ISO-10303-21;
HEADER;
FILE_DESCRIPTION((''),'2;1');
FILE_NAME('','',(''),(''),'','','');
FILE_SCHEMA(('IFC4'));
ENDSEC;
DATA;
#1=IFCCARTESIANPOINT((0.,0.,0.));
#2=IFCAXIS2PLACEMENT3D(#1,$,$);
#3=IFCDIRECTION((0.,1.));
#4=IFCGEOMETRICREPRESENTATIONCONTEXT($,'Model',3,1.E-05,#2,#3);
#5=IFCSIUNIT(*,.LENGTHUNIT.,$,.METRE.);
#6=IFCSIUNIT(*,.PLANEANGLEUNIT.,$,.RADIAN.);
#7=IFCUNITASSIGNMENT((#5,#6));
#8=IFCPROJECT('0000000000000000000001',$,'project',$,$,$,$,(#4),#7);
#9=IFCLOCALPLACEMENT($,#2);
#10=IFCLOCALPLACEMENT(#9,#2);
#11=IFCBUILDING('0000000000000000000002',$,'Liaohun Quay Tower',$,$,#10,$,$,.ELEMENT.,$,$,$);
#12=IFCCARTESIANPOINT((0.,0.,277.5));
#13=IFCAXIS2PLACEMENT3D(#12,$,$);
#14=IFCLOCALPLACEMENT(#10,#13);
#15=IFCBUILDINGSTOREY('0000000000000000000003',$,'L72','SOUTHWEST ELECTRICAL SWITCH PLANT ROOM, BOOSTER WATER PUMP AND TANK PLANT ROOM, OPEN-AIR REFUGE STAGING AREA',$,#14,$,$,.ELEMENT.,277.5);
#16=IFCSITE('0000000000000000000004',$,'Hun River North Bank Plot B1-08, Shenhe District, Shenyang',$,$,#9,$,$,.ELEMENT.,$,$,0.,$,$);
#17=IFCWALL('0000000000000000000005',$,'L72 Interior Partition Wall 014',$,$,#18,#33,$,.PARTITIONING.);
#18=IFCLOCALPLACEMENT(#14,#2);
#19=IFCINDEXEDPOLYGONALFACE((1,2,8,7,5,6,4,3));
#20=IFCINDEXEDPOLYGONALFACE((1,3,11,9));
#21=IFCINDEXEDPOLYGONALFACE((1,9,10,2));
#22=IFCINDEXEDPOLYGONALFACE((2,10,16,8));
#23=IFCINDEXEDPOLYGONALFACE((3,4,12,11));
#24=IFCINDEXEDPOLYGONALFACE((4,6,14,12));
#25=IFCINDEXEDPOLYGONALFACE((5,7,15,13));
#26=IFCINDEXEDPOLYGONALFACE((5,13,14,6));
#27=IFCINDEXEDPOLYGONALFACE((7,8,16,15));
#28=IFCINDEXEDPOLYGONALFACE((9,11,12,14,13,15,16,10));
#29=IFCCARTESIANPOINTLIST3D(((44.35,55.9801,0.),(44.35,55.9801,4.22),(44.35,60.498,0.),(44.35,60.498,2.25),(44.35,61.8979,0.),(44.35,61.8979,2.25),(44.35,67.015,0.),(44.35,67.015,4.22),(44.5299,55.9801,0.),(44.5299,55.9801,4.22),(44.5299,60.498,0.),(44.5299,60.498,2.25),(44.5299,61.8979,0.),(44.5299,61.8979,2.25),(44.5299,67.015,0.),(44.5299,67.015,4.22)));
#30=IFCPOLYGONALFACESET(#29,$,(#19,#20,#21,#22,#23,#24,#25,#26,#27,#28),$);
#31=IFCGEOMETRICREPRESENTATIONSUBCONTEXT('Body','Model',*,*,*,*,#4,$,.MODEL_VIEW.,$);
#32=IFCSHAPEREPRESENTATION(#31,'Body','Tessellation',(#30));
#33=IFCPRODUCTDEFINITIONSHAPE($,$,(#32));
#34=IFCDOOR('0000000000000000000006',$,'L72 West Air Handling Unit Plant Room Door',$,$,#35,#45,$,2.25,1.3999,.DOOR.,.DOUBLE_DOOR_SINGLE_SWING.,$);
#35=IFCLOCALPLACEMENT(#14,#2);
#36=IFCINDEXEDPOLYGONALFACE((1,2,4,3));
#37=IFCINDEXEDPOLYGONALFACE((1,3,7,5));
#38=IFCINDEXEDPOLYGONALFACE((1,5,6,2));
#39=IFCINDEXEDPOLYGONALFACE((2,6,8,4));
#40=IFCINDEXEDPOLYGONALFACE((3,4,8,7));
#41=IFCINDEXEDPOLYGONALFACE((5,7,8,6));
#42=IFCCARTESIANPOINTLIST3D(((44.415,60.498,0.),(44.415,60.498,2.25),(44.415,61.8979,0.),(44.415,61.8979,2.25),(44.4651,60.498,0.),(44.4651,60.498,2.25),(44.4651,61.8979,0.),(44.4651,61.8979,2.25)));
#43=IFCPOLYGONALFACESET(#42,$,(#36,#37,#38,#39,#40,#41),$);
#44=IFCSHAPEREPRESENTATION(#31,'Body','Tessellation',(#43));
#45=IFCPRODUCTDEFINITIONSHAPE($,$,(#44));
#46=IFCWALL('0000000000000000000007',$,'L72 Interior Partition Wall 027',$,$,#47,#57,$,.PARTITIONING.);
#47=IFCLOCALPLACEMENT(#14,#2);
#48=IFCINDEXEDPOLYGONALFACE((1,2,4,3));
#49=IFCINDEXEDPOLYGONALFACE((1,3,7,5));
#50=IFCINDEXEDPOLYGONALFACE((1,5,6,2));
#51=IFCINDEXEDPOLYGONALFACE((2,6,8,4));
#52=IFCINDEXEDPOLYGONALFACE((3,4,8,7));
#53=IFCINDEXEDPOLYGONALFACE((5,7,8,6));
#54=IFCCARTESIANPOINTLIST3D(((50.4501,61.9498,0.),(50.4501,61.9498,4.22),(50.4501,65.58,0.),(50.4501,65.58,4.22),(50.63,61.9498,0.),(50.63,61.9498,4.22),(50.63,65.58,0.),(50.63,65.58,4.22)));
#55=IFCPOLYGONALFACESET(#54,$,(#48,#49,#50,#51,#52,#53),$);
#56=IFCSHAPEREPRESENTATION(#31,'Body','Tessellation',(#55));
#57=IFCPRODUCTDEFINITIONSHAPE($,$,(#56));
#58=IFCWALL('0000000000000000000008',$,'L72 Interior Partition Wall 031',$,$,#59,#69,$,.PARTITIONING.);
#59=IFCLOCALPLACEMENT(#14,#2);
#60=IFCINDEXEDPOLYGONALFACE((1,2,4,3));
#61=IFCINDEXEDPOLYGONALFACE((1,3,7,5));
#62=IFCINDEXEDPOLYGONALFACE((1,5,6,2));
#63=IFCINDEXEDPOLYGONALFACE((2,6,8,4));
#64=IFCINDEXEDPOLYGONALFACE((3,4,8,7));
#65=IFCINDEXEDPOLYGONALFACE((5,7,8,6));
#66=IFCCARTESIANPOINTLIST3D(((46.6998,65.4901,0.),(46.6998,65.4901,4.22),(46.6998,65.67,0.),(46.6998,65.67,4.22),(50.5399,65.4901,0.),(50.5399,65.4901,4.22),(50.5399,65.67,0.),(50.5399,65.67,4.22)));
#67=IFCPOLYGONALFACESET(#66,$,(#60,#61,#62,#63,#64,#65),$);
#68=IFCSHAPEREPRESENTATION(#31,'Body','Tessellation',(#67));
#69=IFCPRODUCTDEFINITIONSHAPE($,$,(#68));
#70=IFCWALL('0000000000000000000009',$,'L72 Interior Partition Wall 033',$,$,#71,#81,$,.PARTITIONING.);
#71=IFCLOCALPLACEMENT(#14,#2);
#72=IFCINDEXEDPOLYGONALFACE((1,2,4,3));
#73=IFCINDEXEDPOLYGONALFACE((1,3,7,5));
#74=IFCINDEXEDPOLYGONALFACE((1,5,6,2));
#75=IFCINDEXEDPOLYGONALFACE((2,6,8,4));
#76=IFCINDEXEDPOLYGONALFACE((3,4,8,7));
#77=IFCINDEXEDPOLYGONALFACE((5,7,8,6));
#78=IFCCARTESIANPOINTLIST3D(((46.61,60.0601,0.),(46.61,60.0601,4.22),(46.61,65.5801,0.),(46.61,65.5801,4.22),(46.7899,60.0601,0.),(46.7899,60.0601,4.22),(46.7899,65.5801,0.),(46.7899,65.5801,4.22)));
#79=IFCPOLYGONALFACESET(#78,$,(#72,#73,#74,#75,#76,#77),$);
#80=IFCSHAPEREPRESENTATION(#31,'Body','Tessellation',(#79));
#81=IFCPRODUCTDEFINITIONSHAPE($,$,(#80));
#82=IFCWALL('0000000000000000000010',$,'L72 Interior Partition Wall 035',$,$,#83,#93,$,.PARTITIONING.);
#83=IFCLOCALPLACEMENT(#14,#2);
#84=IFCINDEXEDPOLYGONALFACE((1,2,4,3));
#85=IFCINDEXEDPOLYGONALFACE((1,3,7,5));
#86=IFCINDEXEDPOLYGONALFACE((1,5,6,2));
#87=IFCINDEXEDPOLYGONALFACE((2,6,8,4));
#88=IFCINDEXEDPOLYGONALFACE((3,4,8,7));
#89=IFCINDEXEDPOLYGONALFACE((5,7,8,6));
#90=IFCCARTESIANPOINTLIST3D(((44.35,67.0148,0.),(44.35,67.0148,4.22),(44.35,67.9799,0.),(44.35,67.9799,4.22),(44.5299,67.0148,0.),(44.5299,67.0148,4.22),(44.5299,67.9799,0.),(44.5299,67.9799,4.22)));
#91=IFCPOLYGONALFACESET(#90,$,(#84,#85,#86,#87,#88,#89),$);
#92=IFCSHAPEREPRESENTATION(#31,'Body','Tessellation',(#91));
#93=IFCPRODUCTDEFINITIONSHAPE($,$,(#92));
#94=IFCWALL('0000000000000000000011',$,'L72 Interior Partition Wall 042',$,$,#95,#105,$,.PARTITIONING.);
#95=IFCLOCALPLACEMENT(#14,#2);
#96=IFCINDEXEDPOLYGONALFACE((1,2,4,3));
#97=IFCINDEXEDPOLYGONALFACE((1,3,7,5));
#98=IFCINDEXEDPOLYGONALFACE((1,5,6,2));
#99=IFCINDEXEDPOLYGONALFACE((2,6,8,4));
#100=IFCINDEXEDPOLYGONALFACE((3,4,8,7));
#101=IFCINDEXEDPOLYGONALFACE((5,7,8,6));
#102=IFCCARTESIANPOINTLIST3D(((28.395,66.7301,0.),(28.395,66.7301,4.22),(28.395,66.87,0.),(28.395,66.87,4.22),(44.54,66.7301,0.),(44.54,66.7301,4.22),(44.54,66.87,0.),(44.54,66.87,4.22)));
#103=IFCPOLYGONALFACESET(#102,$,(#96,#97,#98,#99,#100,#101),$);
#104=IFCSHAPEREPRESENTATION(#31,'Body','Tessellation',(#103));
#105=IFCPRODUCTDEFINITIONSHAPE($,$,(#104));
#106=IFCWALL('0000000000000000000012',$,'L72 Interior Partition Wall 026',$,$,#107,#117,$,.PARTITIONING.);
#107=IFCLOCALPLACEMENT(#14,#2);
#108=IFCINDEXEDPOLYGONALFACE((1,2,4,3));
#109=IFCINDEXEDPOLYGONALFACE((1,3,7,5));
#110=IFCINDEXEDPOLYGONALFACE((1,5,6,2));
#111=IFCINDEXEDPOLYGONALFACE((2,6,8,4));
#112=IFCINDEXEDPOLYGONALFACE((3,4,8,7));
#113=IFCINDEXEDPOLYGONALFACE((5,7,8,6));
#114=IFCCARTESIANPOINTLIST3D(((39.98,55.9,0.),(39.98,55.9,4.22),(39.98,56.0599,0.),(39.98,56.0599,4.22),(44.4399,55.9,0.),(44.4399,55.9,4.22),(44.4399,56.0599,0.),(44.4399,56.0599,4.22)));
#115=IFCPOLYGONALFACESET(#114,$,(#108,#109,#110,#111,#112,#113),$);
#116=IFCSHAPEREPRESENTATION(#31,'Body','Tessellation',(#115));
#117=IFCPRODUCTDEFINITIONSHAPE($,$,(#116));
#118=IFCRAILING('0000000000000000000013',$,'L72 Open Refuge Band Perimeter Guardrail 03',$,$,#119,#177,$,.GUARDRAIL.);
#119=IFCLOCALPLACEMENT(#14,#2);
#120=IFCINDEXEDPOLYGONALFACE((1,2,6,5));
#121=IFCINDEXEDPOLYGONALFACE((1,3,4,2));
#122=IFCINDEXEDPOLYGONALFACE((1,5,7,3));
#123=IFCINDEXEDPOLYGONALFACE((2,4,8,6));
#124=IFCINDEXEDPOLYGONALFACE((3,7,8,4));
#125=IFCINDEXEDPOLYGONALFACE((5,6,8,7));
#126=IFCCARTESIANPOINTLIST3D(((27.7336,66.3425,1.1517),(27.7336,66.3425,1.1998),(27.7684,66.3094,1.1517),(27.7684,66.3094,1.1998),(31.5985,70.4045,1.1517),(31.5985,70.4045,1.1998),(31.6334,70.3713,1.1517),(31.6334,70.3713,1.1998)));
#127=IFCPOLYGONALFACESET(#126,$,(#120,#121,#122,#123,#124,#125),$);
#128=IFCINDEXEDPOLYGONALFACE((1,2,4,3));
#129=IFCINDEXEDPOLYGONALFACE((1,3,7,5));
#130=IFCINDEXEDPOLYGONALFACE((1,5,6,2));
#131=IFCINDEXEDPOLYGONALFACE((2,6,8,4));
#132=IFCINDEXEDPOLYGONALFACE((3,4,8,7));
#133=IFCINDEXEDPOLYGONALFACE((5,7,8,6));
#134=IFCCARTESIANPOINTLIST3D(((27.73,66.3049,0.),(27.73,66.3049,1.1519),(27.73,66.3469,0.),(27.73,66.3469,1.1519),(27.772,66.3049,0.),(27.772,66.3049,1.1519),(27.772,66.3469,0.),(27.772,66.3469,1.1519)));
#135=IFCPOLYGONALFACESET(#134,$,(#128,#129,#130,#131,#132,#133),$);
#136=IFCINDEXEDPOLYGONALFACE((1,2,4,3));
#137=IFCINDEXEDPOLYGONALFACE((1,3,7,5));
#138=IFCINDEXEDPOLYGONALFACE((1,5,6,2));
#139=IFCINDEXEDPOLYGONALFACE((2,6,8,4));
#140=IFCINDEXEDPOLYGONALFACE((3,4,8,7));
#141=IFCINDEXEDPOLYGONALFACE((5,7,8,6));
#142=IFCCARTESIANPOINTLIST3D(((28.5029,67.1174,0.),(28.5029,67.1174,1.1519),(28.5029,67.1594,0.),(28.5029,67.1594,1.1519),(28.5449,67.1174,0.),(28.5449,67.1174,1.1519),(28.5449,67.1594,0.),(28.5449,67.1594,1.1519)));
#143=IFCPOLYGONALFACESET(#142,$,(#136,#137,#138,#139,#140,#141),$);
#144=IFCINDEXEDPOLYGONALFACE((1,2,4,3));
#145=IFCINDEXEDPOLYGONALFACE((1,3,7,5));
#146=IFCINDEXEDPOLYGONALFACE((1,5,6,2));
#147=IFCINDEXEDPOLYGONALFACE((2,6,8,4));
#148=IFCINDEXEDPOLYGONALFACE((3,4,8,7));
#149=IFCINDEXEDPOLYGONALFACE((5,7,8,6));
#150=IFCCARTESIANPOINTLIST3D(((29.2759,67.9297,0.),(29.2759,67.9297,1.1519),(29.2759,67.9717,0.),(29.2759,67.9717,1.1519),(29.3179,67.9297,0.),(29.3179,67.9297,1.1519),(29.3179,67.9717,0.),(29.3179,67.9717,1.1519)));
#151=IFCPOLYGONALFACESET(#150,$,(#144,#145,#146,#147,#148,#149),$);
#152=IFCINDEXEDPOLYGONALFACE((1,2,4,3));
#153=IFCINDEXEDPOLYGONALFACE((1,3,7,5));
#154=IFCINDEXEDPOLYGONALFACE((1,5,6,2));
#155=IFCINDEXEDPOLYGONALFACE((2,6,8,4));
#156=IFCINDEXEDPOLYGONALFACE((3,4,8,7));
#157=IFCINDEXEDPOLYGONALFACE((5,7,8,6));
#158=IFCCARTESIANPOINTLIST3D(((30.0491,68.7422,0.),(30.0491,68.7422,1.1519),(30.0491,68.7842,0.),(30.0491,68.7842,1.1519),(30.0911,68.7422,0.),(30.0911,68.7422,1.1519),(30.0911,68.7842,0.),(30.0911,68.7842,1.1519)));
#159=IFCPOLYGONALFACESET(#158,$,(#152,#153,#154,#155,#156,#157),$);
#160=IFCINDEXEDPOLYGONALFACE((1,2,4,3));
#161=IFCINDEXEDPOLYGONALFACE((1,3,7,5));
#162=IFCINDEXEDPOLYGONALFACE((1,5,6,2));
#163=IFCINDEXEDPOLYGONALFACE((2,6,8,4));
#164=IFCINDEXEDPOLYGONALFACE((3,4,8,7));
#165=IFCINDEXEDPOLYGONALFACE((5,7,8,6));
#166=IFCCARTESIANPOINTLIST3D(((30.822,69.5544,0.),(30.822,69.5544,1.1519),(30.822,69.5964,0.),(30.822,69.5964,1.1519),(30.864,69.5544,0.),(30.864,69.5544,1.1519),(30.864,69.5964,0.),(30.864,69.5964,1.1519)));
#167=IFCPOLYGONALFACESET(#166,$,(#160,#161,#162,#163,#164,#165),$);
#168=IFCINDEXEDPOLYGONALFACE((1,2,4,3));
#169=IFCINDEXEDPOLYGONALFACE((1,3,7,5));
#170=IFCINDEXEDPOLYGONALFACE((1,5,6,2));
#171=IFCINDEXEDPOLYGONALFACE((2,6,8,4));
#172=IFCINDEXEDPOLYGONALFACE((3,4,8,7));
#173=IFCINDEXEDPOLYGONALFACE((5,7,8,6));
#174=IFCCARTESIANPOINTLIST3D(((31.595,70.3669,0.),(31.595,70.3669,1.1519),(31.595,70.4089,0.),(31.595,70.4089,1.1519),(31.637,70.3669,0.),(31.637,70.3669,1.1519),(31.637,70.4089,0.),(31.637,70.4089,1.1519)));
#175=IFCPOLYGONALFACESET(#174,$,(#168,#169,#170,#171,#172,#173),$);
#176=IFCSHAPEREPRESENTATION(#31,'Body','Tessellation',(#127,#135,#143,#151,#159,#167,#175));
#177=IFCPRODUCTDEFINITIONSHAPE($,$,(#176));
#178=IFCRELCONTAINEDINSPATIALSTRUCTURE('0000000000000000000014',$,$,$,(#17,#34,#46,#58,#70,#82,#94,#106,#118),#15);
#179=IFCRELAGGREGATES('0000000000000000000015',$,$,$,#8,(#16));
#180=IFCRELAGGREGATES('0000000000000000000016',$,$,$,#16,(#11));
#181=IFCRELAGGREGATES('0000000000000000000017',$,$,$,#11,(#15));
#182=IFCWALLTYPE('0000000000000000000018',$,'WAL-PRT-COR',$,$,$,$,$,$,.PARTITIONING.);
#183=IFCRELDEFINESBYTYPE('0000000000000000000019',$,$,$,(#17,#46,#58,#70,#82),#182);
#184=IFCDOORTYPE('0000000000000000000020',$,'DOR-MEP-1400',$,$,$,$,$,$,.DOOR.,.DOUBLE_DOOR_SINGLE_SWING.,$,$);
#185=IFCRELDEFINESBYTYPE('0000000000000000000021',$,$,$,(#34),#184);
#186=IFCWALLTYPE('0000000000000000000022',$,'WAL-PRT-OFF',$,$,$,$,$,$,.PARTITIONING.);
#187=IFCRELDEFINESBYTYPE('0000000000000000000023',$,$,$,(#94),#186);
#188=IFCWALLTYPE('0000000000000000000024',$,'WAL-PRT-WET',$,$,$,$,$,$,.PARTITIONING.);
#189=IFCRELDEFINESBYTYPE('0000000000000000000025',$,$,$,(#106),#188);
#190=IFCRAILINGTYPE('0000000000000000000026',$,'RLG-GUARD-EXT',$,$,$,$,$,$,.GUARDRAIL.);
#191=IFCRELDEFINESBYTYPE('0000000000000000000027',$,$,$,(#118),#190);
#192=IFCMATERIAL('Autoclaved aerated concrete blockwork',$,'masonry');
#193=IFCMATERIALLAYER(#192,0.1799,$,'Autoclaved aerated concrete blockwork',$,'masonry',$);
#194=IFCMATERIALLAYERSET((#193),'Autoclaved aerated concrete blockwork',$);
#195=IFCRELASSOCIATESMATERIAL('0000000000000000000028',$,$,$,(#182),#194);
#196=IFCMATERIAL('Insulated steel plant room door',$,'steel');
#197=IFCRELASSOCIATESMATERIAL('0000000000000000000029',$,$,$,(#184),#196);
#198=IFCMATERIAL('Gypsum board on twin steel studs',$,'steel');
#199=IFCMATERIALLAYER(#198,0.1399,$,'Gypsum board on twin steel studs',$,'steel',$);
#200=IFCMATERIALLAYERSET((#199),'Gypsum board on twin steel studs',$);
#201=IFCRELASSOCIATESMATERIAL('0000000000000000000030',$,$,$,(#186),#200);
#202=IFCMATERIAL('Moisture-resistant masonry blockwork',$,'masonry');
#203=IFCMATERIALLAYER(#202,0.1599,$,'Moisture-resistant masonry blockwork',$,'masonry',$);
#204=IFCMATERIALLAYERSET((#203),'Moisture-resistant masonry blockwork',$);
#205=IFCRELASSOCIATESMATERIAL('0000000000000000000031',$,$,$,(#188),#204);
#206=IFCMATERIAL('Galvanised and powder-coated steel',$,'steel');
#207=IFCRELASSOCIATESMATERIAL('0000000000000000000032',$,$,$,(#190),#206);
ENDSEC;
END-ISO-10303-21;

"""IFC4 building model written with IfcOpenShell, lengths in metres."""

from ifc_helpers import new_model, si_unit, direction, frame, frame_2d, origin, origin_2d, place, context, subcontext, project, spatial, rectangle, extrude, source, transform, mapped, material, layer, layer_set, type_object, element, fill, save


model = new_model("IFC4")

# Units and contexts
model_context = context("Model", 3, precision=1e-05, world=origin(), true_north=direction((0.0, 1.0)))
body_context = subcontext(model_context, "Body", "Model", "MODEL_VIEW")
ifc_project = project(units=[si_unit("LENGTHUNIT", "METRE"), si_unit("PLANEANGLEUNIT", "RADIAN")], contexts=[model_context])

# Site, building, storey
site_placement = place(None, origin())
site = spatial("IfcSite", under=ifc_project, at=site_placement, Name="Hun River North Bank Plot B1-08, Shenhe District, Shenyang", CompositionType="ELEMENT", RefElevation=0.0)
building_placement = place(site_placement, origin())
building = spatial("IfcBuilding", under=site, at=building_placement, Name="Liaohun Quay Tower", CompositionType="ELEMENT")
storey_placement = place(building_placement, frame((0.0, 0.0, 277.5)))
storey = spatial("IfcBuildingStorey", under=building, at=storey_placement, Name="L72", Description="SOUTHWEST ELECTRICAL SWITCH PLANT ROOM, BOOSTER WATER PUMP AND TANK PLANT ROOM, OPEN-AIR REFUGE STAGING AREA", CompositionType="ELEMENT", Elevation=277.5)

# Wall, opening, door
ifc_material_1 = material(Name="Autoclaved aerated concrete blockwork", Category="masonry")
ifc_layer_1 = layer(ifc_material_1, 0.1799, Name="Autoclaved aerated concrete blockwork", Category="masonry")
ifc_layer_set_1 = layer_set([ifc_layer_1], Name="Autoclaved aerated concrete blockwork")
wall_type_1 = type_object("IfcWallType", Name="WAL-PRT-COR", PredefinedType="PARTITIONING", material=ifc_layer_set_1)
shared_shape_1 = source(origin(), body_context, "Body", "SweptSolid", [
    extrude(rectangle(XDim=1.3999, YDim=2.25, at=frame_2d((0.7, 1.125))), frame((0.0, 0.0999, 0.0), z_axis=(0.0, -1.0, 0.0), x_axis=(1.0, 0.0, 0.0)), (0.0, 0.0, 1.0), 0.2),
])
ifc_material_2 = material(Name="Insulated steel plant room door", Category="steel")
door_type_1 = type_object("IfcDoorType", Name="DOR-MEP-1400", OperationType="DOUBLE_DOOR_SINGLE_SWING", PredefinedType="DOOR", material=ifc_material_2)
shared_shape_2 = source(origin(), body_context, "Body", "SweptSolid", [
    extrude(rectangle(XDim=1.3999, YDim=2.25, at=frame_2d((0.7, 1.125))), frame((0.0, 0.0249, 0.0), z_axis=(0.0, -1.0, 0.0), x_axis=(1.0, 0.0, 0.0)), (0.0, 0.0, 1.0), 0.05),
])
wall_1_placement = place(storey_placement, frame((44.4399, 55.98, 0.0), z_axis=(0.0, 0.0, 1.0), x_axis=(0.0, 1.0, 0.0)))
wall_1 = element("IfcWall", 1, at=wall_1_placement, inside=storey, type_object=wall_type_1, Name="L72 Interior Partition Wall 014", PredefinedType="PARTITIONING", context=body_context, shape_type="SweptSolid", body=[
    extrude(rectangle(XDim=11.0349, YDim=0.1799, at=frame_2d((5.5176, 0.0))), origin(), (0.0, 0.0, 1.0), 4.22),
])
opening_1_placement = place(wall_1_placement, frame((4.5181, 0.0, 0.0)))
opening_1 = element("IfcOpeningElement", 2, at=opening_1_placement, cuts=wall_1, PredefinedType="OPENING", context=body_context, shape_type="MappedRepresentation", body=[
    mapped(shared_shape_1, transform((0.0, 0.0, 0.0), x_axis=(1.0, 0.0, 0.0), y_axis=(0.0, 1.0, 0.0), z_axis=(0.0, 0.0, 1.0), scale=1.0)),
])
door_1_placement = place(opening_1_placement, origin())
door_1 = element("IfcDoor", 3, at=door_1_placement, inside=storey, type_object=door_type_1, Name="L72 West Air Handling Unit Plant Room Door", OperationType="DOUBLE_DOOR_SINGLE_SWING", OverallHeight=2.25, OverallWidth=1.3999, PredefinedType="DOOR", context=body_context, shape_type="MappedRepresentation", body=[
    mapped(shared_shape_2, transform((0.0, 0.0, 0.0), x_axis=(1.0, 0.0, 0.0), y_axis=(0.0, 1.0, 0.0), z_axis=(0.0, 0.0, 1.0), scale=1.0)),
])
fill(opening_1, door_1)

# Walls
wall_2_placement = place(storey_placement, frame((50.54, 61.95, 0.0), z_axis=(0.0, 0.0, 1.0), x_axis=(0.0, 1.0, 0.0)))
element("IfcWall", 4, at=wall_2_placement, inside=storey, type_object=wall_type_1, Name="L72 Interior Partition Wall 027", PredefinedType="PARTITIONING", context=body_context, shape_type="SweptSolid", body=[
    extrude(rectangle(XDim=3.6301, YDim=0.1799, at=frame_2d((1.8149, 0.0))), origin(), (0.0, 0.0, 1.0), 4.22),
])
wall_3_placement = place(storey_placement, frame((46.7, 65.5801, 0.0), z_axis=(0.0, 0.0, 1.0), x_axis=(1.0, 0.0, 0.0)))
element("IfcWall", 5, at=wall_3_placement, inside=storey, type_object=wall_type_1, Name="L72 Interior Partition Wall 031", PredefinedType="PARTITIONING", context=body_context, shape_type="SweptSolid", body=[
    extrude(rectangle(XDim=3.8401, YDim=0.1799, at=frame_2d((1.9199, 0.0))), origin(), (0.0, 0.0, 1.0), 4.22),
])
wall_4_placement = place(storey_placement, frame((46.7, 60.0601, 0.0), z_axis=(0.0, 0.0, 1.0), x_axis=(0.0, 1.0, 0.0)))
element("IfcWall", 6, at=wall_4_placement, inside=storey, type_object=wall_type_1, Name="L72 Interior Partition Wall 033", PredefinedType="PARTITIONING", context=body_context, shape_type="SweptSolid", body=[
    extrude(rectangle(XDim=5.52, YDim=0.1799, at=frame_2d((2.76, 0.0))), origin(), (0.0, 0.0, 1.0), 4.22),
])
wall_5_placement = place(storey_placement, frame((44.4399, 67.0149, 0.0), z_axis=(0.0, 0.0, 1.0), x_axis=(0.0, 1.0, 0.0)))
element("IfcWall", 7, at=wall_5_placement, inside=storey, type_object=wall_type_1, Name="L72 Interior Partition Wall 035", PredefinedType="PARTITIONING", context=body_context, shape_type="SweptSolid", body=[
    extrude(rectangle(XDim=0.9651, YDim=0.1799, at=frame_2d((0.4824, 0.0))), origin(), (0.0, 0.0, 1.0), 4.22),
])
ifc_material_3 = material(Name="Gypsum board on twin steel studs", Category="steel")
ifc_layer_2 = layer(ifc_material_3, 0.1399, Name="Gypsum board on twin steel studs", Category="steel")
ifc_layer_set_2 = layer_set([ifc_layer_2], Name="Gypsum board on twin steel studs")
wall_type_2 = type_object("IfcWallType", Name="WAL-PRT-OFF", PredefinedType="PARTITIONING", material=ifc_layer_set_2)
wall_6_placement = place(storey_placement, frame((44.54, 66.8, 0.0), z_axis=(0.0, 0.0, 1.0), x_axis=(-1.0, 0.0, 0.0)))
element("IfcWall", 8, at=wall_6_placement, inside=storey, type_object=wall_type_2, Name="L72 Interior Partition Wall 042", PredefinedType="PARTITIONING", context=body_context, shape_type="SweptSolid", body=[
    extrude(rectangle(XDim=16.145, YDim=0.1399, at=frame_2d((8.0725, 0.0))), origin(), (0.0, 0.0, 1.0), 4.22),
])
ifc_material_4 = material(Name="Moisture-resistant masonry blockwork", Category="masonry")
ifc_layer_3 = layer(ifc_material_4, 0.1599, Name="Moisture-resistant masonry blockwork", Category="masonry")
ifc_layer_set_3 = layer_set([ifc_layer_3], Name="Moisture-resistant masonry blockwork")
wall_type_3 = type_object("IfcWallType", Name="WAL-PRT-WET", PredefinedType="PARTITIONING", material=ifc_layer_set_3)
wall_7_placement = place(storey_placement, frame((39.98, 55.98, 0.0), z_axis=(0.0, 0.0, 1.0), x_axis=(1.0, 0.0, 0.0)))
element("IfcWall", 9, at=wall_7_placement, inside=storey, type_object=wall_type_3, Name="L72 Interior Partition Wall 026", PredefinedType="PARTITIONING", context=body_context, shape_type="SweptSolid", body=[
    extrude(rectangle(XDim=4.46, YDim=0.1599, at=frame_2d((2.23, 0.0))), origin(), (0.0, 0.0, 1.0), 4.22),
])

# Railing
ifc_material_5 = material(Name="Galvanised and powder-coated steel", Category="steel")
railing_type = type_object("IfcRailingType", Name="RLG-GUARD-EXT", PredefinedType="GUARDRAIL", material=ifc_material_5)
railing_1_placement = place(storey_placement, frame((27.751, 66.3259, 0.0)))
element("IfcRailing", 10, at=railing_1_placement, inside=storey, type_object=railing_type, Name="L72 Open Refuge Band Perimeter Guardrail 03", PredefinedType="GUARDRAIL", context=body_context, shape_type="SweptSolid", body=[
    extrude(rectangle(XDim=0.0481, YDim=0.0481, at=origin_2d()), frame((0.0, 0.0, 1.1758), z_axis=(0.689319, 0.724458, 0.0), x_axis=(-0.724458, 0.689319, 0.0)), (0.0, 0.0, 1.0), 5.6069),
    extrude(rectangle(XDim=0.042, YDim=0.042, at=origin_2d()), origin(), (0.0, 0.0, 1.0), 1.1519),
    extrude(rectangle(XDim=0.042, YDim=0.042, at=origin_2d()), frame((0.7729, 0.8125, 0.0)), (0.0, 0.0, 1.0), 1.1519),
    extrude(rectangle(XDim=0.042, YDim=0.042, at=origin_2d()), frame((1.5459, 1.6248, 0.0)), (0.0, 0.0, 1.0), 1.1519),
    extrude(rectangle(XDim=0.042, YDim=0.042, at=origin_2d()), frame((2.3191, 2.4373, 0.0)), (0.0, 0.0, 1.0), 1.1519),
    extrude(rectangle(XDim=0.042, YDim=0.042, at=origin_2d()), frame((3.092, 3.2495, 0.0)), (0.0, 0.0, 1.0), 1.1519),
    extrude(rectangle(XDim=0.042, YDim=0.042, at=origin_2d()), frame((3.865, 4.062, 0.0)), (0.0, 0.0, 1.0), 1.1519),
])

save(model, "model.ifc")
